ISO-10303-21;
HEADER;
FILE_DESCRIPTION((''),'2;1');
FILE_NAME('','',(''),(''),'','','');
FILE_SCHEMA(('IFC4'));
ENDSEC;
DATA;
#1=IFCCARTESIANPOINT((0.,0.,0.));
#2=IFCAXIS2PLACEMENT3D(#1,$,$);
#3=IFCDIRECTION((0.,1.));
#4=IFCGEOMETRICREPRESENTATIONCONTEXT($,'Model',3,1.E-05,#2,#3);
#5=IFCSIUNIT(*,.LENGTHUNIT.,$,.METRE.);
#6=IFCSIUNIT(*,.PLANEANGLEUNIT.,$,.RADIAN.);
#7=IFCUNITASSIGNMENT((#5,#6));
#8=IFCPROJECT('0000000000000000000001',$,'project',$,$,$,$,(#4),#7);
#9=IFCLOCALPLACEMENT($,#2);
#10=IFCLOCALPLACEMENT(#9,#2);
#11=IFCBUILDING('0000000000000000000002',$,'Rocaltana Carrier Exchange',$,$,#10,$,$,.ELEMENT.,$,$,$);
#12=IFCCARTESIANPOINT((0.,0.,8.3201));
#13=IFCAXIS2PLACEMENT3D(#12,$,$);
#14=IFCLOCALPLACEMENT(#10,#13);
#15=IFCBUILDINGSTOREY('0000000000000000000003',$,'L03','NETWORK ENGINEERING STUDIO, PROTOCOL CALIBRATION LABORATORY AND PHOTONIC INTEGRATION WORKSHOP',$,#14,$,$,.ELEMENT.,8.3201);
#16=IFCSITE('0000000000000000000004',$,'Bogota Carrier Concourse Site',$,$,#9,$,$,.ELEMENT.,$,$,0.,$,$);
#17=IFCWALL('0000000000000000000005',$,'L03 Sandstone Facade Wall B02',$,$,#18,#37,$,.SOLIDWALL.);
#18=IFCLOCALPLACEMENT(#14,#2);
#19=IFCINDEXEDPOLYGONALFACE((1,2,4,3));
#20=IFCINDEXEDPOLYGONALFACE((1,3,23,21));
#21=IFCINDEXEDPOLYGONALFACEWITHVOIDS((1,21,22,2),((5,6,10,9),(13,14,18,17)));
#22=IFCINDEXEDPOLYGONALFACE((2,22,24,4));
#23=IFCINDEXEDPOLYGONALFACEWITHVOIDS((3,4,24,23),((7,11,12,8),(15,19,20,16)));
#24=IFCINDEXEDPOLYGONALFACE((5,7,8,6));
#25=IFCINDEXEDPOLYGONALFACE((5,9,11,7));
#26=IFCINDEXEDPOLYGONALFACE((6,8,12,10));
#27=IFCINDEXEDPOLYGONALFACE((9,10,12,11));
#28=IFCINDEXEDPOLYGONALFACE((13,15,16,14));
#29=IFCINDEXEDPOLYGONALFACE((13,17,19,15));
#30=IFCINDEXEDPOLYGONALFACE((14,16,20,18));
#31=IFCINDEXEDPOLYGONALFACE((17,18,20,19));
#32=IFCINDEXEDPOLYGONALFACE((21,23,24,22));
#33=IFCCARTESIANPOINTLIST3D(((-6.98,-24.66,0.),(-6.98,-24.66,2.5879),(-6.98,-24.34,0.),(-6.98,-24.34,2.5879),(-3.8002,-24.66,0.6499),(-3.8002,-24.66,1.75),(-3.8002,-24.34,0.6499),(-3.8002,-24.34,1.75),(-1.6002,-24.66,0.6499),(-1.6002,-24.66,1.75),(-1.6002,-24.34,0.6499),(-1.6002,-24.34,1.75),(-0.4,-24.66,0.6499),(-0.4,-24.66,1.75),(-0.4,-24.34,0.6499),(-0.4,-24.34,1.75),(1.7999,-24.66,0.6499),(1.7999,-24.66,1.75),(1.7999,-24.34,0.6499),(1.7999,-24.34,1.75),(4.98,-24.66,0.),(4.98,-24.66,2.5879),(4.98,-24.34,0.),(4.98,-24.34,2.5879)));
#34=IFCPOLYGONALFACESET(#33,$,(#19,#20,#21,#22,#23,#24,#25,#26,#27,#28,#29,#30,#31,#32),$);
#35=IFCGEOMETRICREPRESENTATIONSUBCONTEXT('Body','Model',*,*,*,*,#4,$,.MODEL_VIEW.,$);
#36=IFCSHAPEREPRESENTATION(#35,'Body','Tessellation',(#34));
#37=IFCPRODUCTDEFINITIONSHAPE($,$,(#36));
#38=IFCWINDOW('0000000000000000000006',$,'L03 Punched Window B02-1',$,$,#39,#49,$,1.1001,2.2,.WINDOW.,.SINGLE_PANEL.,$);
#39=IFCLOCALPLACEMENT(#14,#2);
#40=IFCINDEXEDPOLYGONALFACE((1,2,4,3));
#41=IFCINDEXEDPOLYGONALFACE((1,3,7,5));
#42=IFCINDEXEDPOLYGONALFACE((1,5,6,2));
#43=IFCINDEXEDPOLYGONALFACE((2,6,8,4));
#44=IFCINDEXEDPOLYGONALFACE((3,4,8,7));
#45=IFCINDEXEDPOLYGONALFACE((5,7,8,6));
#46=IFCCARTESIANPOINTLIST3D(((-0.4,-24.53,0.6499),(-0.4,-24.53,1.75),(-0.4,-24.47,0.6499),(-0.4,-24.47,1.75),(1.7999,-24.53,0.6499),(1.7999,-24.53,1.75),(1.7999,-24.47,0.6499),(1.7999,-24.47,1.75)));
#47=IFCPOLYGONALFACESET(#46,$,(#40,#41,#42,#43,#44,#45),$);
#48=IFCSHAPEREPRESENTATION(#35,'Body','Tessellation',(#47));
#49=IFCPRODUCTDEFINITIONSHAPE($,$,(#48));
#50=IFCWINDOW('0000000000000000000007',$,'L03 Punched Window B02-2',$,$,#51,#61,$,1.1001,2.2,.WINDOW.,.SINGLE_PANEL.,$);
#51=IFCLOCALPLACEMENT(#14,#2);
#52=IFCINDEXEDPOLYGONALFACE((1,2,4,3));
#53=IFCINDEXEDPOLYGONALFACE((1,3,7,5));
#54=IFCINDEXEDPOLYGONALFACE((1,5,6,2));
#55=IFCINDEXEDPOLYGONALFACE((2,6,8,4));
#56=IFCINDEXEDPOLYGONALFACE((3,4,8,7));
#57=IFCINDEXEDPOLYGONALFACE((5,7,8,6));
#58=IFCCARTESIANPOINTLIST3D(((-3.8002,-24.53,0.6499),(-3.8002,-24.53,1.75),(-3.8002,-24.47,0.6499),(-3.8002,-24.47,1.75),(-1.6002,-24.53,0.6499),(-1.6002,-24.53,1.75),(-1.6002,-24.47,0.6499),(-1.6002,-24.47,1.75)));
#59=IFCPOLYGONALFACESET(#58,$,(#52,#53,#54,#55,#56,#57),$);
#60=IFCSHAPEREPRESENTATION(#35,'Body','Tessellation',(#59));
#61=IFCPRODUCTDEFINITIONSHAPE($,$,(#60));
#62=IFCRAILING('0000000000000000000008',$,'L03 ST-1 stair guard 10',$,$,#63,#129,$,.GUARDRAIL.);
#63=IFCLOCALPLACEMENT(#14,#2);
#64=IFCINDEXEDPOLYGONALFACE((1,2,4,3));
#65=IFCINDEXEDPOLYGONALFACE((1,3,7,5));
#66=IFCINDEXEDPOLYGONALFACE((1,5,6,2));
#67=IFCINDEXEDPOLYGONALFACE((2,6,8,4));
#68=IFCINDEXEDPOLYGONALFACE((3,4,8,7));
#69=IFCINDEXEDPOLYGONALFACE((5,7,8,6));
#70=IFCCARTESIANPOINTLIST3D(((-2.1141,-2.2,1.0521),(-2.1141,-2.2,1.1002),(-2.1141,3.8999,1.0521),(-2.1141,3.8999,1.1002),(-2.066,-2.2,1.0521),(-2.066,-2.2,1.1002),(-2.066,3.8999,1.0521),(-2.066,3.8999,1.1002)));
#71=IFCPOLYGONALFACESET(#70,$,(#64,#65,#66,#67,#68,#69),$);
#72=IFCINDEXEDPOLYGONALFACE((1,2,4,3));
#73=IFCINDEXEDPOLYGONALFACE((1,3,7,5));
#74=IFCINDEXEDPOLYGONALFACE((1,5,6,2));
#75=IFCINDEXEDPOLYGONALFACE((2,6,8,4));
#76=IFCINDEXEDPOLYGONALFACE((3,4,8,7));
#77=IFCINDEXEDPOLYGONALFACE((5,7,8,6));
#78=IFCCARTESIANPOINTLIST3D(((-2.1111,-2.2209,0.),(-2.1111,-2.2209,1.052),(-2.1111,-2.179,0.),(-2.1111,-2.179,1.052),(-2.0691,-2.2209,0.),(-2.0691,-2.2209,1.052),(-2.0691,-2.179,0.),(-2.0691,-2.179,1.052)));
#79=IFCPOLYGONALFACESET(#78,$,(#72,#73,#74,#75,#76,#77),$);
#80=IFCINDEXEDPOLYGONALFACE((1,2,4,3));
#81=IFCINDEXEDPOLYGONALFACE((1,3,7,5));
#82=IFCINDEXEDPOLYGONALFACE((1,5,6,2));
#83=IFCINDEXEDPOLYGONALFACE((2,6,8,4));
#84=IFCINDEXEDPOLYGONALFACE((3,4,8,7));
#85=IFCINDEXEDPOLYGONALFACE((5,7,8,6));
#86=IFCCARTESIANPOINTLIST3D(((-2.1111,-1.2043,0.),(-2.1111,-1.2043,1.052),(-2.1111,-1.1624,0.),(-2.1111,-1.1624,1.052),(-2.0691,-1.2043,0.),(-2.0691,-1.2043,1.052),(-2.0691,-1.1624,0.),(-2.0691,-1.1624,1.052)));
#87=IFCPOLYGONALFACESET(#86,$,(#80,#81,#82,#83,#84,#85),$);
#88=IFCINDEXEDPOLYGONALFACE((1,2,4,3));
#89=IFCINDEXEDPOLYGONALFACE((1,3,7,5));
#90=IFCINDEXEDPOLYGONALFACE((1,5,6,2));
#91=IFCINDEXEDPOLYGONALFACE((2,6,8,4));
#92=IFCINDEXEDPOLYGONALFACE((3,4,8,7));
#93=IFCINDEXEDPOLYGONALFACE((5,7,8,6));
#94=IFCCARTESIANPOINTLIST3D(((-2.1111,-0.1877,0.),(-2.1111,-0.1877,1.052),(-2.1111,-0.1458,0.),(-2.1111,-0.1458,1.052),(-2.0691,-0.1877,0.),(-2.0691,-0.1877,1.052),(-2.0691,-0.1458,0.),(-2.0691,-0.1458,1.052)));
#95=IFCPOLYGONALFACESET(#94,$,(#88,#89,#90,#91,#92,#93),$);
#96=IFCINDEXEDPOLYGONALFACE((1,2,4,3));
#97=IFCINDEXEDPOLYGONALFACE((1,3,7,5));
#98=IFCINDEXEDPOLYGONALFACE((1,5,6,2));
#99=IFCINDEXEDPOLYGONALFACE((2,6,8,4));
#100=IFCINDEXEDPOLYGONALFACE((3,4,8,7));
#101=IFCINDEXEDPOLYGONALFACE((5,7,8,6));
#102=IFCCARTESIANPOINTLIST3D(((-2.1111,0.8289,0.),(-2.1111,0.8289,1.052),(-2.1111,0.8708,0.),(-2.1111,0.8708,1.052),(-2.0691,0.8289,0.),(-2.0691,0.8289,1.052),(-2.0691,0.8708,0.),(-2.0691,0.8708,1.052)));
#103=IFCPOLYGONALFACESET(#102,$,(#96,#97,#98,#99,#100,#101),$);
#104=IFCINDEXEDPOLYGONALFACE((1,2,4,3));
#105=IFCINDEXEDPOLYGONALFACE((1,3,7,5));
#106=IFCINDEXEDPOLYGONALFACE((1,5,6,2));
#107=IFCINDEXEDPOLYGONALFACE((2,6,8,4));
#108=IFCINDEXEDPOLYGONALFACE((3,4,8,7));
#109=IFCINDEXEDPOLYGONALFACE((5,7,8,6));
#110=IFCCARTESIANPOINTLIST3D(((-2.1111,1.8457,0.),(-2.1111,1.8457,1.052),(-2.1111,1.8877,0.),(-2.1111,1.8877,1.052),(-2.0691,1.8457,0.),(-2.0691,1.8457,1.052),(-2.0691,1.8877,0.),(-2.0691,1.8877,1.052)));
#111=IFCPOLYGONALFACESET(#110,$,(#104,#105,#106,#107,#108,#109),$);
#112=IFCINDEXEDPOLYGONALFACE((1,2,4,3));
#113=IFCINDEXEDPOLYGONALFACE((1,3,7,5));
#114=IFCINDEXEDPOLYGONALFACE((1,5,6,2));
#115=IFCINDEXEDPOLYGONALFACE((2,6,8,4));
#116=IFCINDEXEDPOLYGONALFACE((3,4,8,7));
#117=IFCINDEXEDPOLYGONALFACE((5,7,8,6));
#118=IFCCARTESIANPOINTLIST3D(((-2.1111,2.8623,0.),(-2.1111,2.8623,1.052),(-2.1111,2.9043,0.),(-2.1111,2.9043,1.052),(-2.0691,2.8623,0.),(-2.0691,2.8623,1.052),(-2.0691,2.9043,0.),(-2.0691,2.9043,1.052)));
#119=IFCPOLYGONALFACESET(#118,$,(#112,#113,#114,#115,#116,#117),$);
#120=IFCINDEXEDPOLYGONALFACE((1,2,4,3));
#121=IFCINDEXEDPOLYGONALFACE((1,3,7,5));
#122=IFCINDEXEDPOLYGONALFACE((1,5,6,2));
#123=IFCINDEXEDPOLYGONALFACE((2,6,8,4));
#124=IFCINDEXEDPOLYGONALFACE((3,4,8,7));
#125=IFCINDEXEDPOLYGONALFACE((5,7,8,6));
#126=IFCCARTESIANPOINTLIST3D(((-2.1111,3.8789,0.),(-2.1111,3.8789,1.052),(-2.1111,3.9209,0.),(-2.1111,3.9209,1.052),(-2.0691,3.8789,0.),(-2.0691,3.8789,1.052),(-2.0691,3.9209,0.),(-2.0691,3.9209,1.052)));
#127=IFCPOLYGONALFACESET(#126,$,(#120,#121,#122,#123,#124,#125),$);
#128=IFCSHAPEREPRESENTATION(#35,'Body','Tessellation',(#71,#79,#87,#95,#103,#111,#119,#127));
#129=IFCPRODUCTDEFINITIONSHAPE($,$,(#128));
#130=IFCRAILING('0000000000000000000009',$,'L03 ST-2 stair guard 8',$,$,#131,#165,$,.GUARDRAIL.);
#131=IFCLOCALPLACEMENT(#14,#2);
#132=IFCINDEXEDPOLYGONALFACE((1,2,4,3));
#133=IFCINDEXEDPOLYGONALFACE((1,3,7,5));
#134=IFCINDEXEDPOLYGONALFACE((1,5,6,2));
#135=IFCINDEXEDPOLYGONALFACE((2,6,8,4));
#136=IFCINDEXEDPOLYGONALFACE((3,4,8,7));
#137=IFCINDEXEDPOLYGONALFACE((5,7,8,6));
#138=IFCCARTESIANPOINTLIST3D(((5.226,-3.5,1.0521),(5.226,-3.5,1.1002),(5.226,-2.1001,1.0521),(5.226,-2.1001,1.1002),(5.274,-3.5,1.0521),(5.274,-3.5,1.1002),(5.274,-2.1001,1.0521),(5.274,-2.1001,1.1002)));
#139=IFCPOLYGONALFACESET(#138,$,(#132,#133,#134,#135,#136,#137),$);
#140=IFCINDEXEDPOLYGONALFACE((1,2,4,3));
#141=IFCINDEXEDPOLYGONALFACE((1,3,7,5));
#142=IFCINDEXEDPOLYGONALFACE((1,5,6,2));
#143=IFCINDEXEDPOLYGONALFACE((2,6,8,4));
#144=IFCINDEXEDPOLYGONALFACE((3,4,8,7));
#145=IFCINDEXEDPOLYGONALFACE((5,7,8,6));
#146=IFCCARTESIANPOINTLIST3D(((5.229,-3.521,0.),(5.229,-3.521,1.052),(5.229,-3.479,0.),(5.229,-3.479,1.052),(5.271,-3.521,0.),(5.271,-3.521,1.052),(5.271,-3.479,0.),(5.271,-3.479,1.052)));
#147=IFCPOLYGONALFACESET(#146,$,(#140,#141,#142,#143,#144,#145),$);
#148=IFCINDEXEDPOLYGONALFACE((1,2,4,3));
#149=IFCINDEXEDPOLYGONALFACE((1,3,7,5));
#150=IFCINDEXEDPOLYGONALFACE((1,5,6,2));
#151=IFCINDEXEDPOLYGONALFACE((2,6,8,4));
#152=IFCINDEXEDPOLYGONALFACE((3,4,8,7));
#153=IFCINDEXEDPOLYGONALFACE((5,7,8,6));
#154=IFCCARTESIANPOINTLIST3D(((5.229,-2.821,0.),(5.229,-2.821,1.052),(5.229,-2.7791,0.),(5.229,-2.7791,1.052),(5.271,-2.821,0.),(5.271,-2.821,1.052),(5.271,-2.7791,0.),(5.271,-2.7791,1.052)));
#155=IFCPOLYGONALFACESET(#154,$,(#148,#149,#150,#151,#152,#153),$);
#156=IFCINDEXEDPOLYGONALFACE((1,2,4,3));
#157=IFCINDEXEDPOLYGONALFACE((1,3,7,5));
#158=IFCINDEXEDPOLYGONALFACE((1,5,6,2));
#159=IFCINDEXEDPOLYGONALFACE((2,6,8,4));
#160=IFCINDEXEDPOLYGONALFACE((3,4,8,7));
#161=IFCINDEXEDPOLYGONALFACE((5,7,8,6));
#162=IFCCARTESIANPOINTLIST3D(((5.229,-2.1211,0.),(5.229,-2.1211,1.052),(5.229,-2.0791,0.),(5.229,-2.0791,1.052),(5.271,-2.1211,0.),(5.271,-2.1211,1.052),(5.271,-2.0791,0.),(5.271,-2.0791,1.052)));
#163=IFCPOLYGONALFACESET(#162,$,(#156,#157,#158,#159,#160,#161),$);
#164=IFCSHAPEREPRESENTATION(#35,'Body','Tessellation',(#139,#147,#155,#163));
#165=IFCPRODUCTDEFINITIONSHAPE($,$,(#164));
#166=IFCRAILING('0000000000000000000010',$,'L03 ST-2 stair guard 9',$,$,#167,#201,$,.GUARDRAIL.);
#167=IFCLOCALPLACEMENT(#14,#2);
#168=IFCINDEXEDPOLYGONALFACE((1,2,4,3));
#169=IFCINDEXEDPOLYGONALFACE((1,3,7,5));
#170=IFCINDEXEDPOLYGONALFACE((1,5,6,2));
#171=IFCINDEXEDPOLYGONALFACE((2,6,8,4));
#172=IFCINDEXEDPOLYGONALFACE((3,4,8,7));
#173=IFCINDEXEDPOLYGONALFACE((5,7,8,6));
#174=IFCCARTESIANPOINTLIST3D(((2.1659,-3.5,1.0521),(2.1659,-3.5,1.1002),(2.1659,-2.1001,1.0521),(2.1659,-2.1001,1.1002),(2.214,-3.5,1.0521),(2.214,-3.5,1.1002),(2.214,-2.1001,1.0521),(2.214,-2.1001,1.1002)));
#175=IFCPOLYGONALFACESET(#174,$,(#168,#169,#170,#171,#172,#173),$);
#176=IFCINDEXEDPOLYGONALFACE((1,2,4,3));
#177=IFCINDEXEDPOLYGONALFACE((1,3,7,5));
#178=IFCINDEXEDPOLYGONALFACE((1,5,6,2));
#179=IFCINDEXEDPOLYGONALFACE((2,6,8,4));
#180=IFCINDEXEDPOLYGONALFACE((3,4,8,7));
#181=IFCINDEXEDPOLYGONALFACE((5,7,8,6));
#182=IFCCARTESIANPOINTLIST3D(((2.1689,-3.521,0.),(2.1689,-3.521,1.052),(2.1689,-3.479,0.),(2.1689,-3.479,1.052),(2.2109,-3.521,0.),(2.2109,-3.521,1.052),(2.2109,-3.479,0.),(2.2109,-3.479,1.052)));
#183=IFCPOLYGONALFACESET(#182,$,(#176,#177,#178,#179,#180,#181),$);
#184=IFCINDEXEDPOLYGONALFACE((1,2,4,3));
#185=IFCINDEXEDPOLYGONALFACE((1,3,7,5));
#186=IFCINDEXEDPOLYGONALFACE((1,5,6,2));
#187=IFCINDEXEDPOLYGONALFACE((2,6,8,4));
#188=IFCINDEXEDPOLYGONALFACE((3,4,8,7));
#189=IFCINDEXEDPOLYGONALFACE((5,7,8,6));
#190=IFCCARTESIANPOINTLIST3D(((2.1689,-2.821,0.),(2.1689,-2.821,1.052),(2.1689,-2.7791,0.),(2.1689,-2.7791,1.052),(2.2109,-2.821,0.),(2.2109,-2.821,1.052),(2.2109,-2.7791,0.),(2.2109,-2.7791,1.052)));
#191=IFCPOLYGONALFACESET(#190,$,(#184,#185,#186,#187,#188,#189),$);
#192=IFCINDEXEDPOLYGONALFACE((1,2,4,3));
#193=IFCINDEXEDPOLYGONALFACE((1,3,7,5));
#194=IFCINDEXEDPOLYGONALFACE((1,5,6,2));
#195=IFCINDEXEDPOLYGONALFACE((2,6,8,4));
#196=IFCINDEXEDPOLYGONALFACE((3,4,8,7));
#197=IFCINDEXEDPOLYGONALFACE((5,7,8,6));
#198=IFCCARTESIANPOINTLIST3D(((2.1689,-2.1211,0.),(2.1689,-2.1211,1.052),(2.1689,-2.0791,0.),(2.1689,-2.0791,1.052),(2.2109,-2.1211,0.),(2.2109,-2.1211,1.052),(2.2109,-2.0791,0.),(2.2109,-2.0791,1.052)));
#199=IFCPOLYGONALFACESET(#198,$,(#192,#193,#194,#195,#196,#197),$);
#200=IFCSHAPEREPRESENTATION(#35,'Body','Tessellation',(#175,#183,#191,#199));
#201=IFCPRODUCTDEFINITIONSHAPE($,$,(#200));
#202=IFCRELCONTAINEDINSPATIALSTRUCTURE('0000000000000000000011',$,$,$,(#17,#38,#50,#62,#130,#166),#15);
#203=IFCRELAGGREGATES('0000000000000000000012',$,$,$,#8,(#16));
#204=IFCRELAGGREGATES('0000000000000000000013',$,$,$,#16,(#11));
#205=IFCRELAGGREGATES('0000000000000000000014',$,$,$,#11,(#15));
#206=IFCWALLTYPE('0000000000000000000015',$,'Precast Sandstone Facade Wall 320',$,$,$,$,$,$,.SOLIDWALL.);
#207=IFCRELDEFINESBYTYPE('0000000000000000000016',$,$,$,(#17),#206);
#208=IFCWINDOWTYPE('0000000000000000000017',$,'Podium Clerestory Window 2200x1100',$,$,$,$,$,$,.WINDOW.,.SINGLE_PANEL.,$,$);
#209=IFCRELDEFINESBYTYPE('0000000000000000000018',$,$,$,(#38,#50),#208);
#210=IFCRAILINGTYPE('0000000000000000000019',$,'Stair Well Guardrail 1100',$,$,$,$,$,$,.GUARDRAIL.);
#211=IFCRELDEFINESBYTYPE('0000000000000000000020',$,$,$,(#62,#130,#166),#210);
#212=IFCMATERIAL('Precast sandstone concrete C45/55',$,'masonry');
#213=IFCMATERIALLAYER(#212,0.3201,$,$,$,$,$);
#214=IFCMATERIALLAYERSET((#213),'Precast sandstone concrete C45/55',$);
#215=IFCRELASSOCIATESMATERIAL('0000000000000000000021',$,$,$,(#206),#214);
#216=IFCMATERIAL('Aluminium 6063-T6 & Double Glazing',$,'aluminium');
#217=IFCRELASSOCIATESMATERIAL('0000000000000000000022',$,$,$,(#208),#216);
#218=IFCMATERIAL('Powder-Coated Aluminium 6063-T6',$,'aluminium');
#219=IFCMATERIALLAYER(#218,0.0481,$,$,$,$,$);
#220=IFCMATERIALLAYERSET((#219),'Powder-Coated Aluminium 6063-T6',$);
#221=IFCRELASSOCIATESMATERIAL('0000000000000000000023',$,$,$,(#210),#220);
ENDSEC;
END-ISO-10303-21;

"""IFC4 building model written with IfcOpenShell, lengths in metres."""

from ifc_helpers import new_model, si_unit, direction, frame, frame_2d, origin, origin_2d, place, context, subcontext, project, spatial, rectangle, extrude, material, layer, layer_set, type_object, element, fill, save


model = new_model("IFC4")

# Units and contexts
model_context = context("Model", 3, precision=1e-05, world=origin(), true_north=direction((0.0, 1.0)))
body_context = subcontext(model_context, "Body", "Model", "MODEL_VIEW")
ifc_project = project(units=[si_unit("LENGTHUNIT", "METRE"), si_unit("PLANEANGLEUNIT", "RADIAN")], contexts=[model_context])

# Site, building, storey
site_placement = place(None, origin())
site = spatial("IfcSite", under=ifc_project, at=site_placement, Name="Bogota Carrier Concourse Site", CompositionType="ELEMENT", RefElevation=0.0)
building_placement = place(site_placement, origin())
building = spatial("IfcBuilding", under=site, at=building_placement, Name="Rocaltana Carrier Exchange", CompositionType="ELEMENT")
storey_placement = place(building_placement, frame((0.0, 0.0, 8.3201)))
storey = spatial("IfcBuildingStorey", under=building, at=storey_placement, Name="L03", Description="NETWORK ENGINEERING STUDIO, PROTOCOL CALIBRATION LABORATORY AND PHOTONIC INTEGRATION WORKSHOP", CompositionType="ELEMENT", Elevation=8.3201)

# Wall, openings, windows
ifc_material_1 = material(Name="Precast sandstone concrete C45/55", Category="masonry")
ifc_layer_1 = layer(ifc_material_1, 0.3201)
ifc_layer_set_1 = layer_set([ifc_layer_1], Name="Precast sandstone concrete C45/55")
wall_type_1 = type_object("IfcWallType", Name="Precast Sandstone Facade Wall 320", PredefinedType="SOLIDWALL", material=ifc_layer_set_1)
wall_1_placement = place(storey_placement, frame((4.98, -24.5, 0.0), z_axis=(0.0, 0.0, 1.0), x_axis=(-1.0, 0.0, 0.0)))
wall_1 = element("IfcWall", 1, at=wall_1_placement, inside=storey, type_object=wall_type_1, Name="L03 Sandstone Facade Wall B02", PredefinedType="SOLIDWALL", context=body_context, shape_type="SweptSolid", body=[
    extrude(rectangle(XDim=11.96, YDim=0.3201, at=frame_2d((5.98, 0.0))), origin(), (0.0, 0.0, 1.0), 2.5879),
])
opening_1_placement = place(wall_1_placement, frame((3.1799, 0.0, 0.6499)))
opening_1 = element("IfcOpeningElement", 2, at=opening_1_placement, cuts=wall_1, PredefinedType="OPENING", context=body_context, shape_type="SweptSolid", body=[
    extrude(rectangle(XDim=2.2, YDim=1.1001, at=frame_2d((1.1001, 0.55))), frame((0.0, 0.1699, 0.0), z_axis=(0.0, -1.0, 0.0), x_axis=(1.0, 0.0, 0.0)), (0.0, 0.0, 1.0), 0.3401),
])
opening_2_placement = place(wall_1_placement, frame((6.5801, 0.0, 0.6499)))
opening_2 = element("IfcOpeningElement", 3, at=opening_2_placement, cuts=wall_1, PredefinedType="OPENING", context=body_context, shape_type="SweptSolid", body=[
    extrude(rectangle(XDim=2.2, YDim=1.1001, at=frame_2d((1.1001, 0.55))), frame((0.0, 0.1699, 0.0), z_axis=(0.0, -1.0, 0.0), x_axis=(1.0, 0.0, 0.0)), (0.0, 0.0, 1.0), 0.3401),
])
ifc_material_2 = material(Name="Aluminium 6063-T6 & Double Glazing", Category="aluminium")
window_type = type_object("IfcWindowType", Name="Podium Clerestory Window 2200x1100", PartitioningType="SINGLE_PANEL", PredefinedType="WINDOW", material=ifc_material_2)
window_1_placement = place(opening_1_placement, origin())
window_1 = element("IfcWindow", 4, at=window_1_placement, inside=storey, type_object=window_type, Name="L03 Punched Window B02-1", OverallHeight=1.1001, OverallWidth=2.2, PartitioningType="SINGLE_PANEL", PredefinedType="WINDOW", context=body_context, shape_type="SweptSolid", body=[
    extrude(rectangle(XDim=2.2, YDim=1.1001, at=frame_2d((1.1001, 0.55))), frame((0.0, 0.03, 0.0), z_axis=(0.0, -1.0, 0.0), x_axis=(1.0, 0.0, 0.0)), (0.0, 0.0, 1.0), 0.0601),
])
fill(opening_1, window_1)
window_2_placement = place(opening_2_placement, origin())
window_2 = element("IfcWindow", 5, at=window_2_placement, inside=storey, type_object=window_type, Name="L03 Punched Window B02-2", OverallHeight=1.1001, OverallWidth=2.2, PartitioningType="SINGLE_PANEL", PredefinedType="WINDOW", context=body_context, shape_type="SweptSolid", body=[
    extrude(rectangle(XDim=2.2, YDim=1.1001, at=frame_2d((1.1001, 0.55))), frame((0.0, 0.03, 0.0), z_axis=(0.0, -1.0, 0.0), x_axis=(1.0, 0.0, 0.0)), (0.0, 0.0, 1.0), 0.0601),
])
fill(opening_2, window_2)

# Railings
ifc_material_3 = material(Name="Powder-Coated Aluminium 6063-T6", Category="aluminium")
ifc_layer_2 = layer(ifc_material_3, 0.0481)
ifc_layer_set_2 = layer_set([ifc_layer_2], Name="Powder-Coated Aluminium 6063-T6")
railing_type = type_object("IfcRailingType", Name="Stair Well Guardrail 1100", PredefinedType="GUARDRAIL", material=ifc_layer_set_2)
railing_placement = place(storey_placement, frame((-2.0901, -2.2, 0.0)))
element("IfcRailing", 6, at=railing_placement, inside=storey, type_object=railing_type, Name="L03 ST-1 stair guard 10", PredefinedType="GUARDRAIL", context=body_context, shape_type="SweptSolid", body=[
    extrude(rectangle(XDim=0.0481, YDim=0.0481, at=origin_2d()), frame((0.0, 0.0, 1.0762), z_axis=(0.0, 1.0, 0.0), x_axis=(-1.0, 0.0, 0.0)), (0.0, 0.0, 1.0), 6.0999),
    extrude(rectangle(XDim=0.042, YDim=0.042, at=origin_2d()), origin(), (0.0, 0.0, 1.0), 1.052),
    extrude(rectangle(XDim=0.042, YDim=0.042, at=origin_2d()), frame((0.0, 1.0166, 0.0)), (0.0, 0.0, 1.0), 1.052),
    extrude(rectangle(XDim=0.042, YDim=0.042, at=origin_2d()), frame((0.0, 2.0332, 0.0)), (0.0, 0.0, 1.0), 1.052),
    extrude(rectangle(XDim=0.042, YDim=0.042, at=origin_2d()), frame((0.0, 3.0498, 0.0)), (0.0, 0.0, 1.0), 1.052),
    extrude(rectangle(XDim=0.042, YDim=0.042, at=origin_2d()), frame((0.0, 4.0667, 0.0)), (0.0, 0.0, 1.0), 1.052),
    extrude(rectangle(XDim=0.042, YDim=0.042, at=origin_2d()), frame((0.0, 5.0833, 0.0)), (0.0, 0.0, 1.0), 1.052),
    extrude(rectangle(XDim=0.042, YDim=0.042, at=origin_2d()), frame((0.0, 6.0999, 0.0)), (0.0, 0.0, 1.0), 1.052),
])
for number, where, name in (
    (7, (5.25, -3.5, 0.0), "L03 ST-2 stair guard 8"),
    (8, (2.1899, -3.5, 0.0), "L03 ST-2 stair guard 9"),
):
    element("IfcRailing", number, at=place(storey_placement, frame(where)), inside=storey, type_object=railing_type, Name=name, PredefinedType="GUARDRAIL", context=body_context, shape_type="SweptSolid", body=[
        extrude(rectangle(XDim=0.0481, YDim=0.0481, at=origin_2d()), frame((0.0, 0.0, 1.0762), z_axis=(0.0, 1.0, 0.0), x_axis=(-1.0, 0.0, 0.0)), (0.0, 0.0, 1.0), 1.3999),
        extrude(rectangle(XDim=0.042, YDim=0.042, at=origin_2d()), origin(), (0.0, 0.0, 1.0), 1.052),
        extrude(rectangle(XDim=0.042, YDim=0.042, at=origin_2d()), frame((0.0, 0.7, 0.0)), (0.0, 0.0, 1.0), 1.052),
        extrude(rectangle(XDim=0.042, YDim=0.042, at=origin_2d()), frame((0.0, 1.3999, 0.0)), (0.0, 0.0, 1.0), 1.052),
    ])

save(model, "model.ifc")
